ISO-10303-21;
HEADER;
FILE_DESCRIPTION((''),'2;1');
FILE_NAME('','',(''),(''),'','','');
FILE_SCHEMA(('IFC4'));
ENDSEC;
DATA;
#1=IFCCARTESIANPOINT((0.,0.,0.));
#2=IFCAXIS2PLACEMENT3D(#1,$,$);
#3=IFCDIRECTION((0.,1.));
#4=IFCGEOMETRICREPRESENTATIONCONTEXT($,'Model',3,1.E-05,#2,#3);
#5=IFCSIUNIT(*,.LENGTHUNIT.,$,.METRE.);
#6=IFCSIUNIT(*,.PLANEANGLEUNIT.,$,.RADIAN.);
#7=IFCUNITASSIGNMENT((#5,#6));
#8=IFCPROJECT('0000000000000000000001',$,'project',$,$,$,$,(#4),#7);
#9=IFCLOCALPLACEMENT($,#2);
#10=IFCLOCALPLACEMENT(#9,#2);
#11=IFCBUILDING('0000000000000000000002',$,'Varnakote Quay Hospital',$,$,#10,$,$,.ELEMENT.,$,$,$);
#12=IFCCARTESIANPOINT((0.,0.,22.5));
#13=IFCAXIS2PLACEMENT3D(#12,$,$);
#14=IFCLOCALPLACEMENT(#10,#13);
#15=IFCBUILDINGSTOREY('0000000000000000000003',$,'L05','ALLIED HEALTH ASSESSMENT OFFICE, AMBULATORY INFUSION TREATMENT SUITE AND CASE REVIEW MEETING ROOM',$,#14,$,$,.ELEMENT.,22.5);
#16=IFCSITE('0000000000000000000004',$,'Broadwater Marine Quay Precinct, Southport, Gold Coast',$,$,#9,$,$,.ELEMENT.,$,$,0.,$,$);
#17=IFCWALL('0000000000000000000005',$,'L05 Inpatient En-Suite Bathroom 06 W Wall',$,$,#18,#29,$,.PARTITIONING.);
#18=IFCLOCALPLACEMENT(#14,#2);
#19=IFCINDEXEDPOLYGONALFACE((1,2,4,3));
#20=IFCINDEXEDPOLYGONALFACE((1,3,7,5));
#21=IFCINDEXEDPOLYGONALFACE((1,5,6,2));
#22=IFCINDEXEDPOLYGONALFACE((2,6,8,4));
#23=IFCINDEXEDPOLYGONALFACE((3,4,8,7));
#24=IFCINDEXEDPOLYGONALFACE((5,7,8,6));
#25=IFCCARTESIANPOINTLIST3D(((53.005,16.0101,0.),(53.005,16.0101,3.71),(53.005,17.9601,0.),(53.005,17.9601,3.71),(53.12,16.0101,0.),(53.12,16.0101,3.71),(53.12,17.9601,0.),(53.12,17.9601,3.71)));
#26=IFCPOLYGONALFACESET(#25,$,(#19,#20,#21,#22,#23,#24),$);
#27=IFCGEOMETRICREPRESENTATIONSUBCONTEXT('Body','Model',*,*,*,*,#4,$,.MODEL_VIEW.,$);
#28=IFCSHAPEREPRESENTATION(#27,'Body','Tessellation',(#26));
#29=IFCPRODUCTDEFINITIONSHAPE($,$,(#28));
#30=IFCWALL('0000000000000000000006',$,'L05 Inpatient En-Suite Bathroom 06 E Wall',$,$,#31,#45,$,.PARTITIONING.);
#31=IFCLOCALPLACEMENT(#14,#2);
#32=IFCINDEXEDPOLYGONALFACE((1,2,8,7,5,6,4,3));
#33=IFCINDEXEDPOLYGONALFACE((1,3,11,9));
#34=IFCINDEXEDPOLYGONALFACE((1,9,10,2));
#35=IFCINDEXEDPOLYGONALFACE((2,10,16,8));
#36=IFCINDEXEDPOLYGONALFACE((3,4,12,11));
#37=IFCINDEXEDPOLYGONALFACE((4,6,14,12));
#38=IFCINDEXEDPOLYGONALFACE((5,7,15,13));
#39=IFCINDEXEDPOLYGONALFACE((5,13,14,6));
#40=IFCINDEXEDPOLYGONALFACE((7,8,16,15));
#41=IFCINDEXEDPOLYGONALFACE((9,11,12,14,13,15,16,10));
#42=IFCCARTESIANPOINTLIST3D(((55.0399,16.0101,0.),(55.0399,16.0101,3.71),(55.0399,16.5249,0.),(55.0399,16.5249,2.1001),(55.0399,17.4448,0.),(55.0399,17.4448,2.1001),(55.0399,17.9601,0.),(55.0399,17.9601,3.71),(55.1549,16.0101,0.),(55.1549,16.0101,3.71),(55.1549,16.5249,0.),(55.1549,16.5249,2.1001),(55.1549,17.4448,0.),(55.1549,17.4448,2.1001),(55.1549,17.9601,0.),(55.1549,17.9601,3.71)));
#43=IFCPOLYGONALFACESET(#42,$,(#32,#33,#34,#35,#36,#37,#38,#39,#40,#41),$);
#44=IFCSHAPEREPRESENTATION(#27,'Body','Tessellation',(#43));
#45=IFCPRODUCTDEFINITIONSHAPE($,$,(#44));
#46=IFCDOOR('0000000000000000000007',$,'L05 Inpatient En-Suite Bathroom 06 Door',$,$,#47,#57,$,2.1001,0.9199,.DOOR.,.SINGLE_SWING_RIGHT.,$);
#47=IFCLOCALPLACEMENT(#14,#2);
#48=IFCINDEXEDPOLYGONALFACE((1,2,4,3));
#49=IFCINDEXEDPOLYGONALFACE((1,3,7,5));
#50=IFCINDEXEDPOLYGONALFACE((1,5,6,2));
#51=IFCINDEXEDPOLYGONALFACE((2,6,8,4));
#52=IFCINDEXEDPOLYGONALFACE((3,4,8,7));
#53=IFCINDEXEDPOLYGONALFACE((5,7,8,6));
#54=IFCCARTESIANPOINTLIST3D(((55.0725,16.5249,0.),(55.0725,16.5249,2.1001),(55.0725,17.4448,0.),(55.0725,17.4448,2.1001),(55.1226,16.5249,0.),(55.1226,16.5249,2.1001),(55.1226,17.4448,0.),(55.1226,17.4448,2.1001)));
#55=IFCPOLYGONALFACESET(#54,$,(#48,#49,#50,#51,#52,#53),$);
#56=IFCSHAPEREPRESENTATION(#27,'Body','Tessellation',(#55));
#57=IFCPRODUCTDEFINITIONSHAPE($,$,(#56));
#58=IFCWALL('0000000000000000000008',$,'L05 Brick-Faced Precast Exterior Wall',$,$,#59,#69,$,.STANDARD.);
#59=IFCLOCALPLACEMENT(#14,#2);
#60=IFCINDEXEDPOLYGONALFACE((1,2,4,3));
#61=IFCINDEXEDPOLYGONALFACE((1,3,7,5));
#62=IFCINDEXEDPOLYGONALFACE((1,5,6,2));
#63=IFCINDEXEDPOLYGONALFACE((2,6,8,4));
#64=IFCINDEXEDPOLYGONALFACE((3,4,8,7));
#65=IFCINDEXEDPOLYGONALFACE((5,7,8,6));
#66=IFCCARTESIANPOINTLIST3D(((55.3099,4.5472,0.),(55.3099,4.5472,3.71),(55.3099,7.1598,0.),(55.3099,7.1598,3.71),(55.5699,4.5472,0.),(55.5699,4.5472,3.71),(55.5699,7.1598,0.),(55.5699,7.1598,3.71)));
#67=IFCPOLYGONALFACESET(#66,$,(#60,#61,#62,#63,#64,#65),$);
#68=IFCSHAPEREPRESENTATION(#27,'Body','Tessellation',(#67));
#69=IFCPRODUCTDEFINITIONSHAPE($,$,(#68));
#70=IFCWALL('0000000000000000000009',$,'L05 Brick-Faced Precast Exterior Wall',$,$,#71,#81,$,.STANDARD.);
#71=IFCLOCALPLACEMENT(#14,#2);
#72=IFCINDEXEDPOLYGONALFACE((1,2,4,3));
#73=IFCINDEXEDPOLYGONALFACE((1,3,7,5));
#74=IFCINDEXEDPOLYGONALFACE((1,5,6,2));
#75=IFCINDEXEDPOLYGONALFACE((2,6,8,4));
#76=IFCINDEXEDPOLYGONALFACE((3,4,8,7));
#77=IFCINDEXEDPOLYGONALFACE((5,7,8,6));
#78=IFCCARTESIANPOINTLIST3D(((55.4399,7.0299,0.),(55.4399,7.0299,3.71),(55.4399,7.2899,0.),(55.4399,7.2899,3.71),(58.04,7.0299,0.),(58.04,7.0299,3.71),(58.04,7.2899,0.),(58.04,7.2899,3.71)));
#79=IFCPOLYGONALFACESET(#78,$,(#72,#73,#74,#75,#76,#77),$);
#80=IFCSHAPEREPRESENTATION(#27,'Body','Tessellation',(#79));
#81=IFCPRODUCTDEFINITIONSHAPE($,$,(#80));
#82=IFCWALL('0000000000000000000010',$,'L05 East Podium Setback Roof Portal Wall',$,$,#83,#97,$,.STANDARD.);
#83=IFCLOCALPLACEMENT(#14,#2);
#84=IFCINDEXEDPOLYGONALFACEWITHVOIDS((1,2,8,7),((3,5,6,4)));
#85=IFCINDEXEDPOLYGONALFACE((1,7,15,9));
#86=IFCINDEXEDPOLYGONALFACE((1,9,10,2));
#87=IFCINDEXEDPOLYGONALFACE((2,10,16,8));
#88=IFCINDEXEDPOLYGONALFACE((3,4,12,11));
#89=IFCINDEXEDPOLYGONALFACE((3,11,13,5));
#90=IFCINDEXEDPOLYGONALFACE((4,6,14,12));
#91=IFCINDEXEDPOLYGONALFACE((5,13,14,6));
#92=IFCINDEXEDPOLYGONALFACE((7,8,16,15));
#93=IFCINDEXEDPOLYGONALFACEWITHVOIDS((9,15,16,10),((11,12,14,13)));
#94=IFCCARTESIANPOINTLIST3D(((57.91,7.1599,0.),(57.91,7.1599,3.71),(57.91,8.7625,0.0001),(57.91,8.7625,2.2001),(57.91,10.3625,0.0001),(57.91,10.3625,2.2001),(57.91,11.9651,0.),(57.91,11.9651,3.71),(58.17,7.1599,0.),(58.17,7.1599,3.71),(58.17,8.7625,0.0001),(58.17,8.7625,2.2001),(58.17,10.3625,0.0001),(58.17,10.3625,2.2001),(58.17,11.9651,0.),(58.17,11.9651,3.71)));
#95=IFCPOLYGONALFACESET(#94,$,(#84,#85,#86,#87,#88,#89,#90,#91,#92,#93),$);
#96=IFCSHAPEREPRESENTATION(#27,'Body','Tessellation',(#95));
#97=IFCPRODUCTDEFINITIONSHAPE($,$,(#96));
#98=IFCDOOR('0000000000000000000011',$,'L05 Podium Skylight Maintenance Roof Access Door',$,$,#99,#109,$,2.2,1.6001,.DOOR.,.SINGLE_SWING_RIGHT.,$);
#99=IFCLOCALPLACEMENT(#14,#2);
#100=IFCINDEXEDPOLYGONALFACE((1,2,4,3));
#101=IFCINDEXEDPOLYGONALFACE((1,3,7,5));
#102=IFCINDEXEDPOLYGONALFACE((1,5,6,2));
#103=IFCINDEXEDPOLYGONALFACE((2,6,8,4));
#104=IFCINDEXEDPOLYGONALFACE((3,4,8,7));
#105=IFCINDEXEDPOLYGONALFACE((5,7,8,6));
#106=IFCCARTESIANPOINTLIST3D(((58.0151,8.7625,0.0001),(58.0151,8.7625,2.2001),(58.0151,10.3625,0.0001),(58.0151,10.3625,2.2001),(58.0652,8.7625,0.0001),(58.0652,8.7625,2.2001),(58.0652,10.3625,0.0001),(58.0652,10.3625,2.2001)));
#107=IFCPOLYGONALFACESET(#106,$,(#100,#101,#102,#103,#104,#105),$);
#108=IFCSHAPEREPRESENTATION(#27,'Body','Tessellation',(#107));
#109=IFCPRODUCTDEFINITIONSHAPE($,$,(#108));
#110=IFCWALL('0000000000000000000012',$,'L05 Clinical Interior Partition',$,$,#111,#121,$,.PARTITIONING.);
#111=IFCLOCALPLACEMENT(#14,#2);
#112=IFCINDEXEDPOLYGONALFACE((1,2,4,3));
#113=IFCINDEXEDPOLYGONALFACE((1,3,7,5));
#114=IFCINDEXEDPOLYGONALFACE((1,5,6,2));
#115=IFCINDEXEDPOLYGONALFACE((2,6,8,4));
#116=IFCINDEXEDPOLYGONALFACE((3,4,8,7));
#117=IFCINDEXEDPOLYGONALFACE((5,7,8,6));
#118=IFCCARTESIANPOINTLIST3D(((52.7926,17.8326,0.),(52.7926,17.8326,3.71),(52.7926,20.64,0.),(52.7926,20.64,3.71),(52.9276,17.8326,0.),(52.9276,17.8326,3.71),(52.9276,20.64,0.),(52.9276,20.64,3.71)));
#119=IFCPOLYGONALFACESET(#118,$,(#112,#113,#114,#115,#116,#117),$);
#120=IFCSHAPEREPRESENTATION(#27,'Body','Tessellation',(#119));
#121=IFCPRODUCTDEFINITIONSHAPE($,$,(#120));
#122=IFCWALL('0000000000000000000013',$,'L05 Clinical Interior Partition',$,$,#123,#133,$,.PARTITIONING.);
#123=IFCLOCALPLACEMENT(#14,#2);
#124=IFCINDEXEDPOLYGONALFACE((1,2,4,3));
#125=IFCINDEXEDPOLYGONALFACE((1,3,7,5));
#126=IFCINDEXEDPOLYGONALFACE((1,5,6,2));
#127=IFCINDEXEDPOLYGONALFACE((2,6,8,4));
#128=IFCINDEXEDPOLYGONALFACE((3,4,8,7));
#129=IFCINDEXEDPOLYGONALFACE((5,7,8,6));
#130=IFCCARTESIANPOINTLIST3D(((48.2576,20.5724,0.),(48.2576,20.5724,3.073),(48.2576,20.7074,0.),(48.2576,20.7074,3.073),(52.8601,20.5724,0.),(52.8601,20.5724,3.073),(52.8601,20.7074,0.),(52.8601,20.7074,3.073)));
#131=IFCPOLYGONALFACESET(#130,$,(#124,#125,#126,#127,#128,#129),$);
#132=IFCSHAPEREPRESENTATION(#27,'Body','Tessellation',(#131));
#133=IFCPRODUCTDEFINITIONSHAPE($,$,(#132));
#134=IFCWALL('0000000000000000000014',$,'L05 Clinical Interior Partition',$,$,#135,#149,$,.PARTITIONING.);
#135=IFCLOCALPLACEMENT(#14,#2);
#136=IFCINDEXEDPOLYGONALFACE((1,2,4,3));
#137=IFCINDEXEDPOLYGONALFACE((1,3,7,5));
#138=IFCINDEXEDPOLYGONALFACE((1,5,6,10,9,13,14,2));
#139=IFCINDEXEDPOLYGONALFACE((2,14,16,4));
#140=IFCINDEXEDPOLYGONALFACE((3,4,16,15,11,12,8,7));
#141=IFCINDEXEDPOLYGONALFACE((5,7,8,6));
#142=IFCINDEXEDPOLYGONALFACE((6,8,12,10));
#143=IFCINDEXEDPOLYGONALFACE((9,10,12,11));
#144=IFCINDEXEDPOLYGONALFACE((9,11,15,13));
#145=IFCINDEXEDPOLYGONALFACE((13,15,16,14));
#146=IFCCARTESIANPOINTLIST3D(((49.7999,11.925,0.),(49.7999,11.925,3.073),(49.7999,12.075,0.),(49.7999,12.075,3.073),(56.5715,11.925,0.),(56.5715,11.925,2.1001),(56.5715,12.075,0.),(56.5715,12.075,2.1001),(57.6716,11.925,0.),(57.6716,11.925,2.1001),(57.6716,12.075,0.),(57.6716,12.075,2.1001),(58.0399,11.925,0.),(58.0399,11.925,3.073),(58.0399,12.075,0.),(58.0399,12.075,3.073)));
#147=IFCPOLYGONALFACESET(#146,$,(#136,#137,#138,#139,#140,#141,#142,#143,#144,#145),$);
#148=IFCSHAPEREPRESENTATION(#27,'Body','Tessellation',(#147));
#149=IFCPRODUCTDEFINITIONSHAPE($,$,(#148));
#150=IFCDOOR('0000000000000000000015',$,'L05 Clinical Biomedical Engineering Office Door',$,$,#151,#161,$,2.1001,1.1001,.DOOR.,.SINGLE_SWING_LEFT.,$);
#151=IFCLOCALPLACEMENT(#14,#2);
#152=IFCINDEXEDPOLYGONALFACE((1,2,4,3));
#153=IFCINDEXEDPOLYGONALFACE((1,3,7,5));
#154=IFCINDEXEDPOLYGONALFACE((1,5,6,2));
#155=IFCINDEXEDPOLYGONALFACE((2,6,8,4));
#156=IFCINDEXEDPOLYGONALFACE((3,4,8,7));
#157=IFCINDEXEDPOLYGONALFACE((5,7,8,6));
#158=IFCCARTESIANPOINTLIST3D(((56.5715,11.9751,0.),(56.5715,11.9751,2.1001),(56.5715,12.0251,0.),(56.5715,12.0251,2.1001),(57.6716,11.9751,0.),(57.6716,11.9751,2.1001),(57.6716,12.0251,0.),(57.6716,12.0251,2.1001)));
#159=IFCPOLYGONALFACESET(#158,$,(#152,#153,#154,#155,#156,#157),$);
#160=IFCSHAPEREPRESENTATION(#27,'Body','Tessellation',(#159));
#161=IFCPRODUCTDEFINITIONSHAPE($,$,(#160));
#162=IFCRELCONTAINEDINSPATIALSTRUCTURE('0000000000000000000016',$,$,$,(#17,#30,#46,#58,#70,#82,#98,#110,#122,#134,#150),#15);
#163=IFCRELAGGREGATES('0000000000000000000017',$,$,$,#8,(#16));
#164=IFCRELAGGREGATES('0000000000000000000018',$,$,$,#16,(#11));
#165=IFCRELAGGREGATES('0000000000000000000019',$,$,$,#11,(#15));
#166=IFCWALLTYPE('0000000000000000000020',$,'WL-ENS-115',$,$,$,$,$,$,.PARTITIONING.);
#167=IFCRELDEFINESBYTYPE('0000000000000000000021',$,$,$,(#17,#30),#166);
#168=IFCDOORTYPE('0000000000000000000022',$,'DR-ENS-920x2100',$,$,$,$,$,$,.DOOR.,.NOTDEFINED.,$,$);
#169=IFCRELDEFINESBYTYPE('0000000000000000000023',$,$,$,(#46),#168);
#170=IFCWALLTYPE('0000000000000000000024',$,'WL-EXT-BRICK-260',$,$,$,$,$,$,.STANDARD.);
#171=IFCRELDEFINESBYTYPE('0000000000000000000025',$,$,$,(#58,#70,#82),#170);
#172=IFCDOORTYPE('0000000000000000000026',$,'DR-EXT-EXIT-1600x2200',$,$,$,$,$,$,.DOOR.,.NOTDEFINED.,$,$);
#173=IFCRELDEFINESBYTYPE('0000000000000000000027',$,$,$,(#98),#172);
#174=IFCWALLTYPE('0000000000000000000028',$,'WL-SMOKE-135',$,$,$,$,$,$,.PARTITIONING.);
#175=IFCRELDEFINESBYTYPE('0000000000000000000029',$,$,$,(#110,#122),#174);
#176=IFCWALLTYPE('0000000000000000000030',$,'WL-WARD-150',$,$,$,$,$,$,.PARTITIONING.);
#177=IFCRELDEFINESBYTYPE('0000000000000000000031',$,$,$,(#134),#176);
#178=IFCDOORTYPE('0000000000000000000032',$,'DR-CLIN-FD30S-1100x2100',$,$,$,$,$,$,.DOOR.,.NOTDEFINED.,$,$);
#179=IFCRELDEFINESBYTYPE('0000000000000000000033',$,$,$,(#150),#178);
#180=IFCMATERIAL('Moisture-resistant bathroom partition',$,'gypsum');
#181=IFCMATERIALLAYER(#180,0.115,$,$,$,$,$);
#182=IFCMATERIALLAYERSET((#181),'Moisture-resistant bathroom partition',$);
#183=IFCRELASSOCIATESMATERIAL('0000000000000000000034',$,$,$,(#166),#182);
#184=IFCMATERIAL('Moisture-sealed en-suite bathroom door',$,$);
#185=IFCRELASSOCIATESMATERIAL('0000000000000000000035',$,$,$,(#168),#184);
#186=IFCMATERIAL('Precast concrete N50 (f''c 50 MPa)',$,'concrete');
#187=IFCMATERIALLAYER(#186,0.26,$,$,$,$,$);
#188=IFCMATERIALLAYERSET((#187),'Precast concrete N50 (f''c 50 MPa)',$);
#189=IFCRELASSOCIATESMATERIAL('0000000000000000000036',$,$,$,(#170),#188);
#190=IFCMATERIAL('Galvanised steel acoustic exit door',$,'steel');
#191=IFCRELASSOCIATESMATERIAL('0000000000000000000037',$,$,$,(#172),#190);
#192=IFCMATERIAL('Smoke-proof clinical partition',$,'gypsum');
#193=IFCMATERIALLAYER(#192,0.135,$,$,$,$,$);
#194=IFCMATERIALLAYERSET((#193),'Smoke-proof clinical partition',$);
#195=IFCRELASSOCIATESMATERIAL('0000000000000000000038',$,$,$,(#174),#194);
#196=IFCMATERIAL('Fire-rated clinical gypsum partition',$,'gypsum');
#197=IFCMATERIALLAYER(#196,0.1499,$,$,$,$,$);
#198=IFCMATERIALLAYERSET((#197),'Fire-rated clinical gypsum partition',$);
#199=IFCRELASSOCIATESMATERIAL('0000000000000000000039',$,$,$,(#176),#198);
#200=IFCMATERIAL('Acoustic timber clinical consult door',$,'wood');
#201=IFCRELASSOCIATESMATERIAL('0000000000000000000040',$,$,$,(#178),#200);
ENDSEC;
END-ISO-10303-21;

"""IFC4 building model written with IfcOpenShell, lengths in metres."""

from ifc_helpers import new_model, si_unit, direction, frame, frame_2d, origin, place, context, subcontext, project, spatial, rectangle, extrude, material, layer, layer_set, type_object, element, fill, save


model = new_model("IFC4")

# Units and contexts
model_context = context("Model", 3, precision=1e-05, world=origin(), true_north=direction((0.0, 1.0)))
body_context = subcontext(model_context, "Body", "Model", "MODEL_VIEW")
ifc_project = project(units=[si_unit("LENGTHUNIT", "METRE"), si_unit("PLANEANGLEUNIT", "RADIAN")], contexts=[model_context])

# Site, building, storey
site_placement = place(None, origin())
site = spatial("IfcSite", under=ifc_project, at=site_placement, Name="Broadwater Marine Quay Precinct, Southport, Gold Coast", CompositionType="ELEMENT", RefElevation=0.0)
building_placement = place(site_placement, origin())
building = spatial("IfcBuilding", under=site, at=building_placement, Name="Varnakote Quay Hospital", CompositionType="ELEMENT")
storey_placement = place(building_placement, frame((0.0, 0.0, 22.5)))
storey = spatial("IfcBuildingStorey", under=building, at=storey_placement, Name="L05", Description="ALLIED HEALTH ASSESSMENT OFFICE, AMBULATORY INFUSION TREATMENT SUITE AND CASE REVIEW MEETING ROOM", CompositionType="ELEMENT", Elevation=22.5)

# Wall
ifc_material_1 = material(Name="Moisture-resistant bathroom partition", Category="gypsum")
ifc_layer_1 = layer(ifc_material_1, 0.115)
ifc_layer_set_1 = layer_set([ifc_layer_1], Name="Moisture-resistant bathroom partition")
wall_type_1 = type_object("IfcWallType", Name="WL-ENS-115", PredefinedType="PARTITIONING", material=ifc_layer_set_1)
wall_1_placement = place(storey_placement, frame((53.0625, 16.01, 0.0), z_axis=(0.0, 0.0, 1.0), x_axis=(0.0, 1.0, 0.0)))
element("IfcWall", 1, at=wall_1_placement, inside=storey, type_object=wall_type_1, Name="L05 Inpatient En-Suite Bathroom 06 W Wall", PredefinedType="PARTITIONING", context=body_context, shape_type="SweptSolid", body=[
    extrude(rectangle(XDim=1.95, YDim=0.115, at=frame_2d((0.9751, 0.0))), origin(), (0.0, 0.0, 1.0), 3.71),
])

# Wall, opening, door
wall_2_placement = place(storey_placement, frame((55.0974, 16.01, 0.0), z_axis=(0.0, 0.0, 1.0), x_axis=(0.0, 1.0, 0.0)))
wall_2 = element("IfcWall", 2, at=wall_2_placement, inside=storey, type_object=wall_type_1, Name="L05 Inpatient En-Suite Bathroom 06 E Wall", PredefinedType="PARTITIONING", context=body_context, shape_type="SweptSolid", body=[
    extrude(rectangle(XDim=1.95, YDim=0.115, at=frame_2d((0.9751, 0.0))), origin(), (0.0, 0.0, 1.0), 3.71),
])
opening_1_placement = place(wall_2_placement, frame((0.5149, 0.0, 0.0)))
opening_1 = element("IfcOpeningElement", 3, at=opening_1_placement, cuts=wall_2, PredefinedType="OPENING", context=body_context, shape_type="SweptSolid", body=[
    extrude(rectangle(XDim=0.9199, YDim=2.1001, at=frame_2d((0.46, 1.05))), frame((0.0, 0.0674, 0.0), z_axis=(0.0, -1.0, 0.0), x_axis=(1.0, 0.0, 0.0)), (0.0, 0.0, 1.0), 0.135),
])
ifc_material_2 = material(Name="Moisture-sealed en-suite bathroom door")
door_type_1 = type_object("IfcDoorType", Name="DR-ENS-920x2100", OperationType="NOTDEFINED", PredefinedType="DOOR", material=ifc_material_2)
door_1_placement = place(opening_1_placement, origin())
door_1 = element("IfcDoor", 4, at=door_1_placement, inside=storey, type_object=door_type_1, Name="L05 Inpatient En-Suite Bathroom 06 Door", OperationType="SINGLE_SWING_RIGHT", OverallHeight=2.1001, OverallWidth=0.9199, PredefinedType="DOOR", context=body_context, shape_type="SweptSolid", body=[
    extrude(rectangle(XDim=0.9199, YDim=2.1001, at=frame_2d((0.46, 1.05))), frame((0.0, 0.0249, 0.0), z_axis=(0.0, -1.0, 0.0), x_axis=(1.0, 0.0, 0.0)), (0.0, 0.0, 1.0), 0.05),
])
fill(opening_1, door_1)

# Walls
ifc_material_3 = material(Name="Precast concrete N50 (f'c 50 MPa)", Category="concrete")
ifc_layer_2 = layer(ifc_material_3, 0.26)
ifc_layer_set_2 = layer_set([ifc_layer_2], Name="Precast concrete N50 (f'c 50 MPa)")
wall_type_2 = type_object("IfcWallType", Name="WL-EXT-BRICK-260", PredefinedType="STANDARD", material=ifc_layer_set_2)
wall_3_placement = place(storey_placement, frame((55.4399, 4.5474, 0.0), z_axis=(0.0, 0.0, 1.0), x_axis=(0.0, 1.0, 0.0)))
element("IfcWall", 5, at=wall_3_placement, inside=storey, type_object=wall_type_2, Name="L05 Brick-Faced Precast Exterior Wall", PredefinedType="STANDARD", context=body_context, shape_type="SweptSolid", body=[
    extrude(rectangle(XDim=2.6125, YDim=0.26, at=frame_2d((1.3062, 0.0))), origin(), (0.0, 0.0, 1.0), 3.71),
])
wall_4_placement = place(storey_placement, frame((55.4399, 7.1599, 0.0), z_axis=(0.0, 0.0, 1.0), x_axis=(1.0, 0.0, 0.0)))
element("IfcWall", 6, at=wall_4_placement, inside=storey, type_object=wall_type_2, Name="L05 Brick-Faced Precast Exterior Wall", PredefinedType="STANDARD", context=body_context, shape_type="SweptSolid", body=[
    extrude(rectangle(XDim=2.6001, YDim=0.26, at=frame_2d((1.3, 0.0))), origin(), (0.0, 0.0, 1.0), 3.71),
])

# Wall, opening, door
wall_5_placement = place(storey_placement, frame((58.04, 7.1599, 0.0), z_axis=(0.0, 0.0, 1.0), x_axis=(0.0, 1.0, 0.0)))
wall_5 = element("IfcWall", 7, at=wall_5_placement, inside=storey, type_object=wall_type_2, Name="L05 East Podium Setback Roof Portal Wall", PredefinedType="STANDARD", context=body_context, shape_type="SweptSolid", body=[
    extrude(rectangle(XDim=4.8052, YDim=0.26, at=frame_2d((2.4026, 0.0))), origin(), (0.0, 0.0, 1.0), 3.71),
])
opening_2_placement = place(wall_5_placement, frame((1.6025, 0.0, 0.0)))
opening_2 = element("IfcOpeningElement", 8, at=opening_2_placement, cuts=wall_5, PredefinedType="OPENING", context=body_context, shape_type="SweptSolid", body=[
    extrude(rectangle(XDim=1.6001, YDim=2.2, at=frame_2d((0.8, 1.1001))), frame((0.0, 0.1399, 0.0), z_axis=(0.0, -1.0, 0.0), x_axis=(1.0, 0.0, 0.0)), (0.0, 0.0, 1.0), 0.28),
])
ifc_material_4 = material(Name="Galvanised steel acoustic exit door", Category="steel")
door_type_2 = type_object("IfcDoorType", Name="DR-EXT-EXIT-1600x2200", OperationType="NOTDEFINED", PredefinedType="DOOR", material=ifc_material_4)
door_2_placement = place(opening_2_placement, origin())
door_2 = element("IfcDoor", 9, at=door_2_placement, inside=storey, type_object=door_type_2, Name="L05 Podium Skylight Maintenance Roof Access Door", OperationType="SINGLE_SWING_RIGHT", OverallHeight=2.2, OverallWidth=1.6001, PredefinedType="DOOR", context=body_context, shape_type="SweptSolid", body=[
    extrude(rectangle(XDim=1.6001, YDim=2.2, at=frame_2d((0.8, 1.1001))), frame((0.0, 0.0249, 0.0), z_axis=(0.0, -1.0, 0.0), x_axis=(1.0, 0.0, 0.0)), (0.0, 0.0, 1.0), 0.05),
])
fill(opening_2, door_2)

# Walls
ifc_material_5 = material(Name="Smoke-proof clinical partition", Category="gypsum")
ifc_layer_3 = layer(ifc_material_5, 0.135)
ifc_layer_set_3 = layer_set([ifc_layer_3], Name="Smoke-proof clinical partition")
wall_type_3 = type_object("IfcWallType", Name="WL-SMOKE-135", PredefinedType="PARTITIONING", material=ifc_layer_set_3)
wall_6_placement = place(storey_placement, frame((52.8601, 17.8325, 0.0), z_axis=(0.0, 0.0, 1.0), x_axis=(0.0, 1.0, 0.0)))
element("IfcWall", 10, at=wall_6_placement, inside=storey, type_object=wall_type_3, Name="L05 Clinical Interior Partition", PredefinedType="PARTITIONING", context=body_context, shape_type="SweptSolid", body=[
    extrude(rectangle(XDim=2.8074, YDim=0.135, at=frame_2d((1.4038, 0.0))), origin(), (0.0, 0.0, 1.0), 3.71),
])
wall_7_placement = place(storey_placement, frame((52.8601, 20.6399, 0.0), z_axis=(0.0, 0.0, 1.0), x_axis=(-1.0, 0.0, 0.0)))
element("IfcWall", 11, at=wall_7_placement, inside=storey, type_object=wall_type_3, Name="L05 Clinical Interior Partition", PredefinedType="PARTITIONING", context=body_context, shape_type="SweptSolid", body=[
    extrude(rectangle(XDim=4.6025, YDim=0.135, at=frame_2d((2.3013, 0.0))), origin(), (0.0, 0.0, 1.0), 3.073),
])

# Wall, opening, door
ifc_material_6 = material(Name="Fire-rated clinical gypsum partition", Category="gypsum")
ifc_layer_4 = layer(ifc_material_6, 0.1499)
ifc_layer_set_4 = layer_set([ifc_layer_4], Name="Fire-rated clinical gypsum partition")
wall_type_4 = type_object("IfcWallType", Name="WL-WARD-150", PredefinedType="PARTITIONING", material=ifc_layer_set_4)
wall_8_placement = place(storey_placement, frame((58.04, 12.0, 0.0), z_axis=(0.0, 0.0, 1.0), x_axis=(-1.0, 0.0, 0.0)))
wall_8 = element("IfcWall", 12, at=wall_8_placement, inside=storey, type_object=wall_type_4, Name="L05 Clinical Interior Partition", PredefinedType="PARTITIONING", context=body_context, shape_type="SweptSolid", body=[
    extrude(rectangle(XDim=8.24, YDim=0.1499, at=frame_2d((4.1201, 0.0))), origin(), (0.0, 0.0, 1.0), 3.073),
])
opening_3_placement = place(wall_8_placement, frame((0.3684, 0.0, 0.0)))
opening_3 = element("IfcOpeningElement", 13, at=opening_3_placement, cuts=wall_8, PredefinedType="OPENING", context=body_context, shape_type="SweptSolid", body=[
    extrude(rectangle(XDim=1.1001, YDim=2.1001, at=frame_2d((0.55, 1.05))), frame((0.0, 0.085, 0.0), z_axis=(0.0, -1.0, 0.0), x_axis=(1.0, 0.0, 0.0)), (0.0, 0.0, 1.0), 0.1699),
])
ifc_material_7 = material(Name="Acoustic timber clinical consult door", Category="wood")
door_type_3 = type_object("IfcDoorType", Name="DR-CLIN-FD30S-1100x2100", OperationType="NOTDEFINED", PredefinedType="DOOR", material=ifc_material_7)
door_3_placement = place(opening_3_placement, origin())
door_3 = element("IfcDoor", 14, at=door_3_placement, inside=storey, type_object=door_type_3, Name="L05 Clinical Biomedical Engineering Office Door", OperationType="SINGLE_SWING_LEFT", OverallHeight=2.1001, OverallWidth=1.1001, PredefinedType="DOOR", context=body_context, shape_type="SweptSolid", body=[
    extrude(rectangle(XDim=1.1001, YDim=2.1001, at=frame_2d((0.55, 1.05))), frame((0.0, 0.0249, 0.0), z_axis=(0.0, -1.0, 0.0), x_axis=(1.0, 0.0, 0.0)), (0.0, 0.0, 1.0), 0.05),
])
fill(opening_3, door_3)

save(model, "model.ifc")
